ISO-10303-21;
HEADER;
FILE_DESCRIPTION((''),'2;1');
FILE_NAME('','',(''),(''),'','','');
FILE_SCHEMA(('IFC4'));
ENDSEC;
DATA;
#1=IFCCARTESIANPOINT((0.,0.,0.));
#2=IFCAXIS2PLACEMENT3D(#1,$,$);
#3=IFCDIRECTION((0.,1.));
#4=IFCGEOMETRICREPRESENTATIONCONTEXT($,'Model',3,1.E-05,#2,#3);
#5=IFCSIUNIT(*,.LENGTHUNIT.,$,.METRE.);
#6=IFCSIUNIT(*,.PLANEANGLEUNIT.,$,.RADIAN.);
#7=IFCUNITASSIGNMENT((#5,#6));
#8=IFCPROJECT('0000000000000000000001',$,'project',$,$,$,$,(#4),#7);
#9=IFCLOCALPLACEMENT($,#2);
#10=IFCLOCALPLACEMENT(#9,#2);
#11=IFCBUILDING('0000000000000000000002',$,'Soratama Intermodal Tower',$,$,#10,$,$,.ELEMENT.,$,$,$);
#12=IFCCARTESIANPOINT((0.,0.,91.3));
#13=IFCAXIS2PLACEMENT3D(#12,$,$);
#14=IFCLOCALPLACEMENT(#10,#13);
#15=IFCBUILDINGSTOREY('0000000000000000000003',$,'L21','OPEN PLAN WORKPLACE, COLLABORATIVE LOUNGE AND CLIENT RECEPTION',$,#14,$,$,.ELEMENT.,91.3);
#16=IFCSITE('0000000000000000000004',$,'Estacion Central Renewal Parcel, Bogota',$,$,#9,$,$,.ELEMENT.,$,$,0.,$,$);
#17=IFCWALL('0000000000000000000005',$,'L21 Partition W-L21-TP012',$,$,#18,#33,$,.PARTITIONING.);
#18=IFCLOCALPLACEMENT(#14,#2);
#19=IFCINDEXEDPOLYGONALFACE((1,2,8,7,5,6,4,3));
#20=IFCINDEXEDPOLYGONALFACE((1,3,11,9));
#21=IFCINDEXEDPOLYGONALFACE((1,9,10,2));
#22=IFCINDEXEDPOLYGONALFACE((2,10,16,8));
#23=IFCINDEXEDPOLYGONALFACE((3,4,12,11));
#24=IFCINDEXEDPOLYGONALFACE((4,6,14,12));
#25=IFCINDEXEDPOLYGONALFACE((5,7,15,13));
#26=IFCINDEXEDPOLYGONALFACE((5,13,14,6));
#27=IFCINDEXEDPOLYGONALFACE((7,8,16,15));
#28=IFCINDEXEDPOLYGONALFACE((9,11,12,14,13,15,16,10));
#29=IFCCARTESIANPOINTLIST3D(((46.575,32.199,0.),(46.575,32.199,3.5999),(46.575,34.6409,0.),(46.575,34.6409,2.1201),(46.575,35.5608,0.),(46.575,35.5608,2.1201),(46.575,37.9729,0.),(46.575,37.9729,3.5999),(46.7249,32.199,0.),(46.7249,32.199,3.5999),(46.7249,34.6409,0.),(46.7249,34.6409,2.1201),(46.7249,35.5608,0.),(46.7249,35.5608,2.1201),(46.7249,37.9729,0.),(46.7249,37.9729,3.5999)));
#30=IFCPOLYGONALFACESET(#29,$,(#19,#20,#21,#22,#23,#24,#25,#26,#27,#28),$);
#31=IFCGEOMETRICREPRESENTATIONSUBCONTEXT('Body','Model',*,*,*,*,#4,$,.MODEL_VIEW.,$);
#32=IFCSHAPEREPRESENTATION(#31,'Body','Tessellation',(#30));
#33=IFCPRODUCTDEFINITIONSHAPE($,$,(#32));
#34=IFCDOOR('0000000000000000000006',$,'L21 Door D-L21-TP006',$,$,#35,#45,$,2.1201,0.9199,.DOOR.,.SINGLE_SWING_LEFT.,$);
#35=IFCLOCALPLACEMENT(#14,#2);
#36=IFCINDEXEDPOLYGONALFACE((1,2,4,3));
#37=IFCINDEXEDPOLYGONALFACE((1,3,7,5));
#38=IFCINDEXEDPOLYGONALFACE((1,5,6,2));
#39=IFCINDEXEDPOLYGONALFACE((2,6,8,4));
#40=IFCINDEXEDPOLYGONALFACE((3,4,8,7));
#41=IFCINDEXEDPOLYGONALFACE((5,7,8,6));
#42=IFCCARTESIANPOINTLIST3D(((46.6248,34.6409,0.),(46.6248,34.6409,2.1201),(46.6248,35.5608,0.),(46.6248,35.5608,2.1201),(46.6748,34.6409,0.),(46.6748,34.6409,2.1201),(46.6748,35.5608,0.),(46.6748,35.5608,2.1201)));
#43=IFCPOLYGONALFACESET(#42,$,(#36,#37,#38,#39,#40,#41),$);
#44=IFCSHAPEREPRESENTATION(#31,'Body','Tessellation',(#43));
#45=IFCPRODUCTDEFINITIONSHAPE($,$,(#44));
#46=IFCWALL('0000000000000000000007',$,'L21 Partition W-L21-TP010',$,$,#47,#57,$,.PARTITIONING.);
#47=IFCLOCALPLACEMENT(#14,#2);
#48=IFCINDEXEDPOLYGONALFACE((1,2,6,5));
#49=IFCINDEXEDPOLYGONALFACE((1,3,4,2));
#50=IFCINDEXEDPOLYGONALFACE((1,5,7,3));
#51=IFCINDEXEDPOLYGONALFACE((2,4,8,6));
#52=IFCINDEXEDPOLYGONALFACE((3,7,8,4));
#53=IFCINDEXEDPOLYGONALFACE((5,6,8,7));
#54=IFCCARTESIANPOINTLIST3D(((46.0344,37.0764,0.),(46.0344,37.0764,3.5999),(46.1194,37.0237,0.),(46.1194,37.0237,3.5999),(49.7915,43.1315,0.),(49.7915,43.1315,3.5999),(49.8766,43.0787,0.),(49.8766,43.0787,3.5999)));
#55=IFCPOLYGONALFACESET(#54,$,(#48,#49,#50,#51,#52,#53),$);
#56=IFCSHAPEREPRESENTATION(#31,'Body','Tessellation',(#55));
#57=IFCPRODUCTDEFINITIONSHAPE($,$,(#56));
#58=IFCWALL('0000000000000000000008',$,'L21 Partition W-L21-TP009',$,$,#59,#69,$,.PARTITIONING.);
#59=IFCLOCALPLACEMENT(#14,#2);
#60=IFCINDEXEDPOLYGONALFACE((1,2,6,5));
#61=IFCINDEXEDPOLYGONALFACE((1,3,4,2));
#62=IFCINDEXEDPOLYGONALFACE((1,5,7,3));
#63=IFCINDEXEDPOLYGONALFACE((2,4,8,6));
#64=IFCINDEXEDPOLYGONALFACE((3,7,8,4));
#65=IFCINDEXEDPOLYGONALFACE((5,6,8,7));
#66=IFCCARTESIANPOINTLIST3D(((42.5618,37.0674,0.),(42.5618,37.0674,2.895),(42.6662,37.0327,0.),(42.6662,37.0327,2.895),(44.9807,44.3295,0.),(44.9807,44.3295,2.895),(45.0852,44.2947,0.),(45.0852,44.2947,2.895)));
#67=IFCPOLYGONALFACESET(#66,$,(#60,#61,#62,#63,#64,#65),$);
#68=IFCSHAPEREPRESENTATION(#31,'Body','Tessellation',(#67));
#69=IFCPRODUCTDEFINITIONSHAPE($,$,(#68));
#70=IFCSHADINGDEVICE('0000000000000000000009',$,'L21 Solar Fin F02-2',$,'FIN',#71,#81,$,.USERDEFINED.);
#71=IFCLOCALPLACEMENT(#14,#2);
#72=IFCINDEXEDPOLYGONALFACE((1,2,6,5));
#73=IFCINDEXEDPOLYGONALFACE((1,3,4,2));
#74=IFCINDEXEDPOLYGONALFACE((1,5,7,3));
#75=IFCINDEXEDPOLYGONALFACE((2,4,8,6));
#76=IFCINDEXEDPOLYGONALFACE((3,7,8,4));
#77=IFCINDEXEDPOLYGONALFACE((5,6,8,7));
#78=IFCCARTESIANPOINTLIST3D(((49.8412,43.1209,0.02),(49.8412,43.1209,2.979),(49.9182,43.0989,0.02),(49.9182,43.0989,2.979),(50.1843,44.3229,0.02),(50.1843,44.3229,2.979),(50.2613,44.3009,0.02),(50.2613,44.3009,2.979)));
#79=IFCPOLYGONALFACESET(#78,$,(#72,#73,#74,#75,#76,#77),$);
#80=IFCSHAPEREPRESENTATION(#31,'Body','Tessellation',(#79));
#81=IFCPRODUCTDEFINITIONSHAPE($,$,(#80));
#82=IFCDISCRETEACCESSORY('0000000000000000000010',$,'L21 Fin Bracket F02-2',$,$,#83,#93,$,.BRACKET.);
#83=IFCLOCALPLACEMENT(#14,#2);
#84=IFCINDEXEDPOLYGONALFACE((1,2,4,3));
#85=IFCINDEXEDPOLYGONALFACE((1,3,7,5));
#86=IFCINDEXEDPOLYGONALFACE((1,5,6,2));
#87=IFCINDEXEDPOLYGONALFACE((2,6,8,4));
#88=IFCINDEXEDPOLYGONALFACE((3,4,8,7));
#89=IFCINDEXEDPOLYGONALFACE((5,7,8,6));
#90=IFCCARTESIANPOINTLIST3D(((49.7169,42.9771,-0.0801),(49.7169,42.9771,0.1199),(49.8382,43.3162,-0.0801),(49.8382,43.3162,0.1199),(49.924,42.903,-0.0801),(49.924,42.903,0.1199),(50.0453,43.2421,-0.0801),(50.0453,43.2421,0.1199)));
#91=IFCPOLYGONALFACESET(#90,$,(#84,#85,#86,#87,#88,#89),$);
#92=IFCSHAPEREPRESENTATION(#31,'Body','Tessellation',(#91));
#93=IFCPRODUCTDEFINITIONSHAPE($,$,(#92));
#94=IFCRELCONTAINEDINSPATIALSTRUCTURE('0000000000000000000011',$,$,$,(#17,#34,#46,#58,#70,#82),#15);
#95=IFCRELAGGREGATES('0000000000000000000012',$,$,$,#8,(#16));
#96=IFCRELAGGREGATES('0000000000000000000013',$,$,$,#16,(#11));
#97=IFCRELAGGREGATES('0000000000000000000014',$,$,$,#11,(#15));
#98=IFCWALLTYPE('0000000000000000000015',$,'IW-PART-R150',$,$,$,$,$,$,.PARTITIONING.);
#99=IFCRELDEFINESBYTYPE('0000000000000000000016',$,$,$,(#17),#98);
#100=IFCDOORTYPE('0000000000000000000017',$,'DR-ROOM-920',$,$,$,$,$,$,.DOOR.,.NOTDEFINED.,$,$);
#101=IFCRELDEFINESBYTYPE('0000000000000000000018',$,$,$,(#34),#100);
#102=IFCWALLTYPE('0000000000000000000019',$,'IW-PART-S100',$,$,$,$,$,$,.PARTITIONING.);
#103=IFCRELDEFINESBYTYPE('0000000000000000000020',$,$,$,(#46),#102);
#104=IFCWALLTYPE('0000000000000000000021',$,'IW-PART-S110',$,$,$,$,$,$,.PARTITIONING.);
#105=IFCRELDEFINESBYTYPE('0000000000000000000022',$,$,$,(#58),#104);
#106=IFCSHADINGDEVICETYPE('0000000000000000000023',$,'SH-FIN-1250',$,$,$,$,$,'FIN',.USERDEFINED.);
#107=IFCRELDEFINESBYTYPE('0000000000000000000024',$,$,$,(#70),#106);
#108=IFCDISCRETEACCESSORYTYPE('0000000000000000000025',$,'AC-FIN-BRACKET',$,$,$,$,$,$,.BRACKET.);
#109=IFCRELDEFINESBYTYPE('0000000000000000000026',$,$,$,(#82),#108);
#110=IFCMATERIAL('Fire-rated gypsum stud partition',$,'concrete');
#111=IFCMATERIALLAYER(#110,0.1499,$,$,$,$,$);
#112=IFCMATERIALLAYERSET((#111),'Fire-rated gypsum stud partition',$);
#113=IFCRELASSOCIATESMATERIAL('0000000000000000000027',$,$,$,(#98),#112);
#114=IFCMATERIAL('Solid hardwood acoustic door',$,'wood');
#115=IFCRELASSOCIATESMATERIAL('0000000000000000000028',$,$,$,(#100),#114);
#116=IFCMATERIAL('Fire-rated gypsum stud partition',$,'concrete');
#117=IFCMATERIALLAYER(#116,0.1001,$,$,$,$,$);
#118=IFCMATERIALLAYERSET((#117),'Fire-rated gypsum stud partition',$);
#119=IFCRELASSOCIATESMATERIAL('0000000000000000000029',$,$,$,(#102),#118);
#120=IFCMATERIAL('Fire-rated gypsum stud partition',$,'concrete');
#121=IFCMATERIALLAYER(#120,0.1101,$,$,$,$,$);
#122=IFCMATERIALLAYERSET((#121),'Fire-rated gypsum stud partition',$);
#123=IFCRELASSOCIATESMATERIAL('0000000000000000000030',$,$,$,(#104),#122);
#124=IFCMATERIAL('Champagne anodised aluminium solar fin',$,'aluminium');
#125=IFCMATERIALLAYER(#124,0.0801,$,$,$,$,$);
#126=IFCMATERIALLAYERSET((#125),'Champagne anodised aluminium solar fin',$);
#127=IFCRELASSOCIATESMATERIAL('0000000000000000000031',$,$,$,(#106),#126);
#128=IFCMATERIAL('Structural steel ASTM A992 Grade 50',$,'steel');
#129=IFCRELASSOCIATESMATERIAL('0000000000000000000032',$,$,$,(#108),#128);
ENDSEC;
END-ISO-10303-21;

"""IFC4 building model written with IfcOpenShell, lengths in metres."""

from ifc_helpers import new_model, si_unit, direction, frame, frame_2d, origin, origin_2d, place, context, subcontext, project, spatial, rectangle, extrude, material, layer, layer_set, type_object, element, fill, save


model = new_model("IFC4")

# Units and contexts
model_context = context("Model", 3, precision=1e-05, world=origin(), true_north=direction((0.0, 1.0)))
body_context = subcontext(model_context, "Body", "Model", "MODEL_VIEW")
ifc_project = project(units=[si_unit("LENGTHUNIT", "METRE"), si_unit("PLANEANGLEUNIT", "RADIAN")], contexts=[model_context])

# Site, building, storey
site_placement = place(None, origin())
site = spatial("IfcSite", under=ifc_project, at=site_placement, Name="Estacion Central Renewal Parcel, Bogota", CompositionType="ELEMENT", RefElevation=0.0)
building_placement = place(site_placement, origin())
building = spatial("IfcBuilding", under=site, at=building_placement, Name="Soratama Intermodal Tower", CompositionType="ELEMENT")
storey_placement = place(building_placement, frame((0.0, 0.0, 91.3)))
storey = spatial("IfcBuildingStorey", under=building, at=storey_placement, Name="L21", Description="OPEN PLAN WORKPLACE, COLLABORATIVE LOUNGE AND CLIENT RECEPTION", CompositionType="ELEMENT", Elevation=91.3)

# Wall, opening, door
ifc_material_1 = material(Name="Fire-rated gypsum stud partition", Category="concrete")
ifc_layer_1 = layer(ifc_material_1, 0.1499)
ifc_layer_set_1 = layer_set([ifc_layer_1], Name="Fire-rated gypsum stud partition")
wall_type_1 = type_object("IfcWallType", Name="IW-PART-R150", PredefinedType="PARTITIONING", material=ifc_layer_set_1)
wall_1_placement = place(storey_placement, frame((46.6499, 37.9729, 0.0), z_axis=(0.0, 0.0, 1.0), x_axis=(0.0, -1.0, 0.0)))
wall_1 = element("IfcWall", 1, at=wall_1_placement, inside=storey, type_object=wall_type_1, Name="L21 Partition W-L21-TP012", PredefinedType="PARTITIONING", context=body_context, shape_type="SweptSolid", body=[
    extrude(rectangle(XDim=5.7739, YDim=0.1499, at=frame_2d((2.887, 0.0))), origin(), (0.0, 0.0, 1.0), 3.5999),
])
opening_1_placement = place(wall_1_placement, frame((2.4121, 0.0, 0.0)))
opening_1 = element("IfcOpeningElement", 2, at=opening_1_placement, cuts=wall_1, PredefinedType="OPENING", context=body_context, shape_type="SweptSolid", body=[
    extrude(rectangle(XDim=0.9199, YDim=2.1201, at=frame_2d((0.46, 1.0601))), frame((0.0, 0.085, 0.0), z_axis=(0.0, -1.0, 0.0), x_axis=(1.0, 0.0, 0.0)), (0.0, 0.0, 1.0), 0.1699),
])
ifc_material_2 = material(Name="Solid hardwood acoustic door", Category="wood")
door_type_1 = type_object("IfcDoorType", Name="DR-ROOM-920", OperationType="NOTDEFINED", PredefinedType="DOOR", material=ifc_material_2)
door_1_placement = place(opening_1_placement, origin())
door_1 = element("IfcDoor", 3, at=door_1_placement, inside=storey, type_object=door_type_1, Name="L21 Door D-L21-TP006", OperationType="SINGLE_SWING_LEFT", OverallHeight=2.1201, OverallWidth=0.9199, PredefinedType="DOOR", context=body_context, shape_type="SweptSolid", body=[
    extrude(rectangle(XDim=0.9199, YDim=2.1201, at=frame_2d((0.46, 1.0601))), frame((0.0, 0.0249, 0.0), z_axis=(0.0, -1.0, 0.0), x_axis=(1.0, 0.0, 0.0)), (0.0, 0.0, 1.0), 0.05),
])
fill(opening_1, door_1)

# Walls
ifc_material_3 = material(Name="Fire-rated gypsum stud partition", Category="concrete")
ifc_layer_2 = layer(ifc_material_3, 0.1001)
ifc_layer_set_2 = layer_set([ifc_layer_2], Name="Fire-rated gypsum stud partition")
wall_type_2 = type_object("IfcWallType", Name="IW-PART-S100", PredefinedType="PARTITIONING", material=ifc_layer_set_2)
wall_2_placement = place(storey_placement, frame((46.0769, 37.05, 0.0), z_axis=(0.0, 0.0, 1.0), x_axis=(0.527246, 0.849713, 0.0)))
element("IfcWall", 4, at=wall_2_placement, inside=storey, type_object=wall_type_2, Name="L21 Partition W-L21-TP010", PredefinedType="PARTITIONING", context=body_context, shape_type="SweptSolid", body=[
    extrude(rectangle(XDim=7.126, YDim=0.1001, at=frame_2d((3.563, 0.0))), origin(), (0.0, 0.0, 1.0), 3.5999),
])
ifc_material_4 = material(Name="Fire-rated gypsum stud partition", Category="concrete")
ifc_layer_3 = layer(ifc_material_4, 0.1101)
ifc_layer_set_3 = layer_set([ifc_layer_3], Name="Fire-rated gypsum stud partition")
wall_type_3 = type_object("IfcWallType", Name="IW-PART-S110", PredefinedType="PARTITIONING", material=ifc_layer_set_3)
wall_3_placement = place(storey_placement, frame((42.614, 37.05, 0.0), z_axis=(0.0, 0.0, 1.0), x_axis=(0.316027, 0.94875, 0.0)))
element("IfcWall", 5, at=wall_3_placement, inside=storey, type_object=wall_type_3, Name="L21 Partition W-L21-TP009", PredefinedType="PARTITIONING", context=body_context, shape_type="SweptSolid", body=[
    extrude(rectangle(XDim=7.6543, YDim=0.1101, at=frame_2d((3.8271, 0.0))), origin(), (0.0, 0.0, 1.0), 2.895),
])

# Shading device
ifc_material_5 = material(Name="Champagne anodised aluminium solar fin", Category="aluminium")
ifc_layer_4 = layer(ifc_material_5, 0.0801)
ifc_layer_set_4 = layer_set([ifc_layer_4], Name="Champagne anodised aluminium solar fin")
shading_device_type = type_object("IfcShadingDeviceType", Name="SH-FIN-1250", ElementType="FIN", PredefinedType="USERDEFINED", material=ifc_layer_set_4)
shading_device_placement = place(storey_placement, frame((50.0513, 43.7109, 0.02), z_axis=(0.0, 0.0, 1.0), x_axis=(0.274463, 0.961598, 0.0)))
element("IfcShadingDevice", 6, at=shading_device_placement, inside=storey, type_object=shading_device_type, Name="L21 Solar Fin F02-2", ObjectType="FIN", PredefinedType="USERDEFINED", context=body_context, shape_type="SweptSolid", body=[
    extrude(rectangle(XDim=1.25, YDim=0.0801, at=origin_2d()), origin(), (0.0, 0.0, 1.0), 2.959),
])

# Discrete accessory
ifc_material_6 = material(Name="Structural steel ASTM A992 Grade 50", Category="steel")
discrete_accessory_type = type_object("IfcDiscreteAccessoryType", Name="AC-FIN-BRACKET", PredefinedType="BRACKET", material=ifc_material_6)
discrete_accessory_placement = place(storey_placement, frame((49.8811, 43.1096, -0.0801), z_axis=(0.0, 0.0, 1.0), x_axis=(0.336767, 0.941588, 0.0)))
element("IfcDiscreteAccessory", 7, at=discrete_accessory_placement, inside=storey, type_object=discrete_accessory_type, Name="L21 Fin Bracket F02-2", PredefinedType="BRACKET", context=body_context, shape_type="SweptSolid", body=[
    extrude(rectangle(XDim=0.3601, YDim=0.22, at=origin_2d()), origin(), (0.0, 0.0, 1.0), 0.2),
])

save(model, "model.ifc")
